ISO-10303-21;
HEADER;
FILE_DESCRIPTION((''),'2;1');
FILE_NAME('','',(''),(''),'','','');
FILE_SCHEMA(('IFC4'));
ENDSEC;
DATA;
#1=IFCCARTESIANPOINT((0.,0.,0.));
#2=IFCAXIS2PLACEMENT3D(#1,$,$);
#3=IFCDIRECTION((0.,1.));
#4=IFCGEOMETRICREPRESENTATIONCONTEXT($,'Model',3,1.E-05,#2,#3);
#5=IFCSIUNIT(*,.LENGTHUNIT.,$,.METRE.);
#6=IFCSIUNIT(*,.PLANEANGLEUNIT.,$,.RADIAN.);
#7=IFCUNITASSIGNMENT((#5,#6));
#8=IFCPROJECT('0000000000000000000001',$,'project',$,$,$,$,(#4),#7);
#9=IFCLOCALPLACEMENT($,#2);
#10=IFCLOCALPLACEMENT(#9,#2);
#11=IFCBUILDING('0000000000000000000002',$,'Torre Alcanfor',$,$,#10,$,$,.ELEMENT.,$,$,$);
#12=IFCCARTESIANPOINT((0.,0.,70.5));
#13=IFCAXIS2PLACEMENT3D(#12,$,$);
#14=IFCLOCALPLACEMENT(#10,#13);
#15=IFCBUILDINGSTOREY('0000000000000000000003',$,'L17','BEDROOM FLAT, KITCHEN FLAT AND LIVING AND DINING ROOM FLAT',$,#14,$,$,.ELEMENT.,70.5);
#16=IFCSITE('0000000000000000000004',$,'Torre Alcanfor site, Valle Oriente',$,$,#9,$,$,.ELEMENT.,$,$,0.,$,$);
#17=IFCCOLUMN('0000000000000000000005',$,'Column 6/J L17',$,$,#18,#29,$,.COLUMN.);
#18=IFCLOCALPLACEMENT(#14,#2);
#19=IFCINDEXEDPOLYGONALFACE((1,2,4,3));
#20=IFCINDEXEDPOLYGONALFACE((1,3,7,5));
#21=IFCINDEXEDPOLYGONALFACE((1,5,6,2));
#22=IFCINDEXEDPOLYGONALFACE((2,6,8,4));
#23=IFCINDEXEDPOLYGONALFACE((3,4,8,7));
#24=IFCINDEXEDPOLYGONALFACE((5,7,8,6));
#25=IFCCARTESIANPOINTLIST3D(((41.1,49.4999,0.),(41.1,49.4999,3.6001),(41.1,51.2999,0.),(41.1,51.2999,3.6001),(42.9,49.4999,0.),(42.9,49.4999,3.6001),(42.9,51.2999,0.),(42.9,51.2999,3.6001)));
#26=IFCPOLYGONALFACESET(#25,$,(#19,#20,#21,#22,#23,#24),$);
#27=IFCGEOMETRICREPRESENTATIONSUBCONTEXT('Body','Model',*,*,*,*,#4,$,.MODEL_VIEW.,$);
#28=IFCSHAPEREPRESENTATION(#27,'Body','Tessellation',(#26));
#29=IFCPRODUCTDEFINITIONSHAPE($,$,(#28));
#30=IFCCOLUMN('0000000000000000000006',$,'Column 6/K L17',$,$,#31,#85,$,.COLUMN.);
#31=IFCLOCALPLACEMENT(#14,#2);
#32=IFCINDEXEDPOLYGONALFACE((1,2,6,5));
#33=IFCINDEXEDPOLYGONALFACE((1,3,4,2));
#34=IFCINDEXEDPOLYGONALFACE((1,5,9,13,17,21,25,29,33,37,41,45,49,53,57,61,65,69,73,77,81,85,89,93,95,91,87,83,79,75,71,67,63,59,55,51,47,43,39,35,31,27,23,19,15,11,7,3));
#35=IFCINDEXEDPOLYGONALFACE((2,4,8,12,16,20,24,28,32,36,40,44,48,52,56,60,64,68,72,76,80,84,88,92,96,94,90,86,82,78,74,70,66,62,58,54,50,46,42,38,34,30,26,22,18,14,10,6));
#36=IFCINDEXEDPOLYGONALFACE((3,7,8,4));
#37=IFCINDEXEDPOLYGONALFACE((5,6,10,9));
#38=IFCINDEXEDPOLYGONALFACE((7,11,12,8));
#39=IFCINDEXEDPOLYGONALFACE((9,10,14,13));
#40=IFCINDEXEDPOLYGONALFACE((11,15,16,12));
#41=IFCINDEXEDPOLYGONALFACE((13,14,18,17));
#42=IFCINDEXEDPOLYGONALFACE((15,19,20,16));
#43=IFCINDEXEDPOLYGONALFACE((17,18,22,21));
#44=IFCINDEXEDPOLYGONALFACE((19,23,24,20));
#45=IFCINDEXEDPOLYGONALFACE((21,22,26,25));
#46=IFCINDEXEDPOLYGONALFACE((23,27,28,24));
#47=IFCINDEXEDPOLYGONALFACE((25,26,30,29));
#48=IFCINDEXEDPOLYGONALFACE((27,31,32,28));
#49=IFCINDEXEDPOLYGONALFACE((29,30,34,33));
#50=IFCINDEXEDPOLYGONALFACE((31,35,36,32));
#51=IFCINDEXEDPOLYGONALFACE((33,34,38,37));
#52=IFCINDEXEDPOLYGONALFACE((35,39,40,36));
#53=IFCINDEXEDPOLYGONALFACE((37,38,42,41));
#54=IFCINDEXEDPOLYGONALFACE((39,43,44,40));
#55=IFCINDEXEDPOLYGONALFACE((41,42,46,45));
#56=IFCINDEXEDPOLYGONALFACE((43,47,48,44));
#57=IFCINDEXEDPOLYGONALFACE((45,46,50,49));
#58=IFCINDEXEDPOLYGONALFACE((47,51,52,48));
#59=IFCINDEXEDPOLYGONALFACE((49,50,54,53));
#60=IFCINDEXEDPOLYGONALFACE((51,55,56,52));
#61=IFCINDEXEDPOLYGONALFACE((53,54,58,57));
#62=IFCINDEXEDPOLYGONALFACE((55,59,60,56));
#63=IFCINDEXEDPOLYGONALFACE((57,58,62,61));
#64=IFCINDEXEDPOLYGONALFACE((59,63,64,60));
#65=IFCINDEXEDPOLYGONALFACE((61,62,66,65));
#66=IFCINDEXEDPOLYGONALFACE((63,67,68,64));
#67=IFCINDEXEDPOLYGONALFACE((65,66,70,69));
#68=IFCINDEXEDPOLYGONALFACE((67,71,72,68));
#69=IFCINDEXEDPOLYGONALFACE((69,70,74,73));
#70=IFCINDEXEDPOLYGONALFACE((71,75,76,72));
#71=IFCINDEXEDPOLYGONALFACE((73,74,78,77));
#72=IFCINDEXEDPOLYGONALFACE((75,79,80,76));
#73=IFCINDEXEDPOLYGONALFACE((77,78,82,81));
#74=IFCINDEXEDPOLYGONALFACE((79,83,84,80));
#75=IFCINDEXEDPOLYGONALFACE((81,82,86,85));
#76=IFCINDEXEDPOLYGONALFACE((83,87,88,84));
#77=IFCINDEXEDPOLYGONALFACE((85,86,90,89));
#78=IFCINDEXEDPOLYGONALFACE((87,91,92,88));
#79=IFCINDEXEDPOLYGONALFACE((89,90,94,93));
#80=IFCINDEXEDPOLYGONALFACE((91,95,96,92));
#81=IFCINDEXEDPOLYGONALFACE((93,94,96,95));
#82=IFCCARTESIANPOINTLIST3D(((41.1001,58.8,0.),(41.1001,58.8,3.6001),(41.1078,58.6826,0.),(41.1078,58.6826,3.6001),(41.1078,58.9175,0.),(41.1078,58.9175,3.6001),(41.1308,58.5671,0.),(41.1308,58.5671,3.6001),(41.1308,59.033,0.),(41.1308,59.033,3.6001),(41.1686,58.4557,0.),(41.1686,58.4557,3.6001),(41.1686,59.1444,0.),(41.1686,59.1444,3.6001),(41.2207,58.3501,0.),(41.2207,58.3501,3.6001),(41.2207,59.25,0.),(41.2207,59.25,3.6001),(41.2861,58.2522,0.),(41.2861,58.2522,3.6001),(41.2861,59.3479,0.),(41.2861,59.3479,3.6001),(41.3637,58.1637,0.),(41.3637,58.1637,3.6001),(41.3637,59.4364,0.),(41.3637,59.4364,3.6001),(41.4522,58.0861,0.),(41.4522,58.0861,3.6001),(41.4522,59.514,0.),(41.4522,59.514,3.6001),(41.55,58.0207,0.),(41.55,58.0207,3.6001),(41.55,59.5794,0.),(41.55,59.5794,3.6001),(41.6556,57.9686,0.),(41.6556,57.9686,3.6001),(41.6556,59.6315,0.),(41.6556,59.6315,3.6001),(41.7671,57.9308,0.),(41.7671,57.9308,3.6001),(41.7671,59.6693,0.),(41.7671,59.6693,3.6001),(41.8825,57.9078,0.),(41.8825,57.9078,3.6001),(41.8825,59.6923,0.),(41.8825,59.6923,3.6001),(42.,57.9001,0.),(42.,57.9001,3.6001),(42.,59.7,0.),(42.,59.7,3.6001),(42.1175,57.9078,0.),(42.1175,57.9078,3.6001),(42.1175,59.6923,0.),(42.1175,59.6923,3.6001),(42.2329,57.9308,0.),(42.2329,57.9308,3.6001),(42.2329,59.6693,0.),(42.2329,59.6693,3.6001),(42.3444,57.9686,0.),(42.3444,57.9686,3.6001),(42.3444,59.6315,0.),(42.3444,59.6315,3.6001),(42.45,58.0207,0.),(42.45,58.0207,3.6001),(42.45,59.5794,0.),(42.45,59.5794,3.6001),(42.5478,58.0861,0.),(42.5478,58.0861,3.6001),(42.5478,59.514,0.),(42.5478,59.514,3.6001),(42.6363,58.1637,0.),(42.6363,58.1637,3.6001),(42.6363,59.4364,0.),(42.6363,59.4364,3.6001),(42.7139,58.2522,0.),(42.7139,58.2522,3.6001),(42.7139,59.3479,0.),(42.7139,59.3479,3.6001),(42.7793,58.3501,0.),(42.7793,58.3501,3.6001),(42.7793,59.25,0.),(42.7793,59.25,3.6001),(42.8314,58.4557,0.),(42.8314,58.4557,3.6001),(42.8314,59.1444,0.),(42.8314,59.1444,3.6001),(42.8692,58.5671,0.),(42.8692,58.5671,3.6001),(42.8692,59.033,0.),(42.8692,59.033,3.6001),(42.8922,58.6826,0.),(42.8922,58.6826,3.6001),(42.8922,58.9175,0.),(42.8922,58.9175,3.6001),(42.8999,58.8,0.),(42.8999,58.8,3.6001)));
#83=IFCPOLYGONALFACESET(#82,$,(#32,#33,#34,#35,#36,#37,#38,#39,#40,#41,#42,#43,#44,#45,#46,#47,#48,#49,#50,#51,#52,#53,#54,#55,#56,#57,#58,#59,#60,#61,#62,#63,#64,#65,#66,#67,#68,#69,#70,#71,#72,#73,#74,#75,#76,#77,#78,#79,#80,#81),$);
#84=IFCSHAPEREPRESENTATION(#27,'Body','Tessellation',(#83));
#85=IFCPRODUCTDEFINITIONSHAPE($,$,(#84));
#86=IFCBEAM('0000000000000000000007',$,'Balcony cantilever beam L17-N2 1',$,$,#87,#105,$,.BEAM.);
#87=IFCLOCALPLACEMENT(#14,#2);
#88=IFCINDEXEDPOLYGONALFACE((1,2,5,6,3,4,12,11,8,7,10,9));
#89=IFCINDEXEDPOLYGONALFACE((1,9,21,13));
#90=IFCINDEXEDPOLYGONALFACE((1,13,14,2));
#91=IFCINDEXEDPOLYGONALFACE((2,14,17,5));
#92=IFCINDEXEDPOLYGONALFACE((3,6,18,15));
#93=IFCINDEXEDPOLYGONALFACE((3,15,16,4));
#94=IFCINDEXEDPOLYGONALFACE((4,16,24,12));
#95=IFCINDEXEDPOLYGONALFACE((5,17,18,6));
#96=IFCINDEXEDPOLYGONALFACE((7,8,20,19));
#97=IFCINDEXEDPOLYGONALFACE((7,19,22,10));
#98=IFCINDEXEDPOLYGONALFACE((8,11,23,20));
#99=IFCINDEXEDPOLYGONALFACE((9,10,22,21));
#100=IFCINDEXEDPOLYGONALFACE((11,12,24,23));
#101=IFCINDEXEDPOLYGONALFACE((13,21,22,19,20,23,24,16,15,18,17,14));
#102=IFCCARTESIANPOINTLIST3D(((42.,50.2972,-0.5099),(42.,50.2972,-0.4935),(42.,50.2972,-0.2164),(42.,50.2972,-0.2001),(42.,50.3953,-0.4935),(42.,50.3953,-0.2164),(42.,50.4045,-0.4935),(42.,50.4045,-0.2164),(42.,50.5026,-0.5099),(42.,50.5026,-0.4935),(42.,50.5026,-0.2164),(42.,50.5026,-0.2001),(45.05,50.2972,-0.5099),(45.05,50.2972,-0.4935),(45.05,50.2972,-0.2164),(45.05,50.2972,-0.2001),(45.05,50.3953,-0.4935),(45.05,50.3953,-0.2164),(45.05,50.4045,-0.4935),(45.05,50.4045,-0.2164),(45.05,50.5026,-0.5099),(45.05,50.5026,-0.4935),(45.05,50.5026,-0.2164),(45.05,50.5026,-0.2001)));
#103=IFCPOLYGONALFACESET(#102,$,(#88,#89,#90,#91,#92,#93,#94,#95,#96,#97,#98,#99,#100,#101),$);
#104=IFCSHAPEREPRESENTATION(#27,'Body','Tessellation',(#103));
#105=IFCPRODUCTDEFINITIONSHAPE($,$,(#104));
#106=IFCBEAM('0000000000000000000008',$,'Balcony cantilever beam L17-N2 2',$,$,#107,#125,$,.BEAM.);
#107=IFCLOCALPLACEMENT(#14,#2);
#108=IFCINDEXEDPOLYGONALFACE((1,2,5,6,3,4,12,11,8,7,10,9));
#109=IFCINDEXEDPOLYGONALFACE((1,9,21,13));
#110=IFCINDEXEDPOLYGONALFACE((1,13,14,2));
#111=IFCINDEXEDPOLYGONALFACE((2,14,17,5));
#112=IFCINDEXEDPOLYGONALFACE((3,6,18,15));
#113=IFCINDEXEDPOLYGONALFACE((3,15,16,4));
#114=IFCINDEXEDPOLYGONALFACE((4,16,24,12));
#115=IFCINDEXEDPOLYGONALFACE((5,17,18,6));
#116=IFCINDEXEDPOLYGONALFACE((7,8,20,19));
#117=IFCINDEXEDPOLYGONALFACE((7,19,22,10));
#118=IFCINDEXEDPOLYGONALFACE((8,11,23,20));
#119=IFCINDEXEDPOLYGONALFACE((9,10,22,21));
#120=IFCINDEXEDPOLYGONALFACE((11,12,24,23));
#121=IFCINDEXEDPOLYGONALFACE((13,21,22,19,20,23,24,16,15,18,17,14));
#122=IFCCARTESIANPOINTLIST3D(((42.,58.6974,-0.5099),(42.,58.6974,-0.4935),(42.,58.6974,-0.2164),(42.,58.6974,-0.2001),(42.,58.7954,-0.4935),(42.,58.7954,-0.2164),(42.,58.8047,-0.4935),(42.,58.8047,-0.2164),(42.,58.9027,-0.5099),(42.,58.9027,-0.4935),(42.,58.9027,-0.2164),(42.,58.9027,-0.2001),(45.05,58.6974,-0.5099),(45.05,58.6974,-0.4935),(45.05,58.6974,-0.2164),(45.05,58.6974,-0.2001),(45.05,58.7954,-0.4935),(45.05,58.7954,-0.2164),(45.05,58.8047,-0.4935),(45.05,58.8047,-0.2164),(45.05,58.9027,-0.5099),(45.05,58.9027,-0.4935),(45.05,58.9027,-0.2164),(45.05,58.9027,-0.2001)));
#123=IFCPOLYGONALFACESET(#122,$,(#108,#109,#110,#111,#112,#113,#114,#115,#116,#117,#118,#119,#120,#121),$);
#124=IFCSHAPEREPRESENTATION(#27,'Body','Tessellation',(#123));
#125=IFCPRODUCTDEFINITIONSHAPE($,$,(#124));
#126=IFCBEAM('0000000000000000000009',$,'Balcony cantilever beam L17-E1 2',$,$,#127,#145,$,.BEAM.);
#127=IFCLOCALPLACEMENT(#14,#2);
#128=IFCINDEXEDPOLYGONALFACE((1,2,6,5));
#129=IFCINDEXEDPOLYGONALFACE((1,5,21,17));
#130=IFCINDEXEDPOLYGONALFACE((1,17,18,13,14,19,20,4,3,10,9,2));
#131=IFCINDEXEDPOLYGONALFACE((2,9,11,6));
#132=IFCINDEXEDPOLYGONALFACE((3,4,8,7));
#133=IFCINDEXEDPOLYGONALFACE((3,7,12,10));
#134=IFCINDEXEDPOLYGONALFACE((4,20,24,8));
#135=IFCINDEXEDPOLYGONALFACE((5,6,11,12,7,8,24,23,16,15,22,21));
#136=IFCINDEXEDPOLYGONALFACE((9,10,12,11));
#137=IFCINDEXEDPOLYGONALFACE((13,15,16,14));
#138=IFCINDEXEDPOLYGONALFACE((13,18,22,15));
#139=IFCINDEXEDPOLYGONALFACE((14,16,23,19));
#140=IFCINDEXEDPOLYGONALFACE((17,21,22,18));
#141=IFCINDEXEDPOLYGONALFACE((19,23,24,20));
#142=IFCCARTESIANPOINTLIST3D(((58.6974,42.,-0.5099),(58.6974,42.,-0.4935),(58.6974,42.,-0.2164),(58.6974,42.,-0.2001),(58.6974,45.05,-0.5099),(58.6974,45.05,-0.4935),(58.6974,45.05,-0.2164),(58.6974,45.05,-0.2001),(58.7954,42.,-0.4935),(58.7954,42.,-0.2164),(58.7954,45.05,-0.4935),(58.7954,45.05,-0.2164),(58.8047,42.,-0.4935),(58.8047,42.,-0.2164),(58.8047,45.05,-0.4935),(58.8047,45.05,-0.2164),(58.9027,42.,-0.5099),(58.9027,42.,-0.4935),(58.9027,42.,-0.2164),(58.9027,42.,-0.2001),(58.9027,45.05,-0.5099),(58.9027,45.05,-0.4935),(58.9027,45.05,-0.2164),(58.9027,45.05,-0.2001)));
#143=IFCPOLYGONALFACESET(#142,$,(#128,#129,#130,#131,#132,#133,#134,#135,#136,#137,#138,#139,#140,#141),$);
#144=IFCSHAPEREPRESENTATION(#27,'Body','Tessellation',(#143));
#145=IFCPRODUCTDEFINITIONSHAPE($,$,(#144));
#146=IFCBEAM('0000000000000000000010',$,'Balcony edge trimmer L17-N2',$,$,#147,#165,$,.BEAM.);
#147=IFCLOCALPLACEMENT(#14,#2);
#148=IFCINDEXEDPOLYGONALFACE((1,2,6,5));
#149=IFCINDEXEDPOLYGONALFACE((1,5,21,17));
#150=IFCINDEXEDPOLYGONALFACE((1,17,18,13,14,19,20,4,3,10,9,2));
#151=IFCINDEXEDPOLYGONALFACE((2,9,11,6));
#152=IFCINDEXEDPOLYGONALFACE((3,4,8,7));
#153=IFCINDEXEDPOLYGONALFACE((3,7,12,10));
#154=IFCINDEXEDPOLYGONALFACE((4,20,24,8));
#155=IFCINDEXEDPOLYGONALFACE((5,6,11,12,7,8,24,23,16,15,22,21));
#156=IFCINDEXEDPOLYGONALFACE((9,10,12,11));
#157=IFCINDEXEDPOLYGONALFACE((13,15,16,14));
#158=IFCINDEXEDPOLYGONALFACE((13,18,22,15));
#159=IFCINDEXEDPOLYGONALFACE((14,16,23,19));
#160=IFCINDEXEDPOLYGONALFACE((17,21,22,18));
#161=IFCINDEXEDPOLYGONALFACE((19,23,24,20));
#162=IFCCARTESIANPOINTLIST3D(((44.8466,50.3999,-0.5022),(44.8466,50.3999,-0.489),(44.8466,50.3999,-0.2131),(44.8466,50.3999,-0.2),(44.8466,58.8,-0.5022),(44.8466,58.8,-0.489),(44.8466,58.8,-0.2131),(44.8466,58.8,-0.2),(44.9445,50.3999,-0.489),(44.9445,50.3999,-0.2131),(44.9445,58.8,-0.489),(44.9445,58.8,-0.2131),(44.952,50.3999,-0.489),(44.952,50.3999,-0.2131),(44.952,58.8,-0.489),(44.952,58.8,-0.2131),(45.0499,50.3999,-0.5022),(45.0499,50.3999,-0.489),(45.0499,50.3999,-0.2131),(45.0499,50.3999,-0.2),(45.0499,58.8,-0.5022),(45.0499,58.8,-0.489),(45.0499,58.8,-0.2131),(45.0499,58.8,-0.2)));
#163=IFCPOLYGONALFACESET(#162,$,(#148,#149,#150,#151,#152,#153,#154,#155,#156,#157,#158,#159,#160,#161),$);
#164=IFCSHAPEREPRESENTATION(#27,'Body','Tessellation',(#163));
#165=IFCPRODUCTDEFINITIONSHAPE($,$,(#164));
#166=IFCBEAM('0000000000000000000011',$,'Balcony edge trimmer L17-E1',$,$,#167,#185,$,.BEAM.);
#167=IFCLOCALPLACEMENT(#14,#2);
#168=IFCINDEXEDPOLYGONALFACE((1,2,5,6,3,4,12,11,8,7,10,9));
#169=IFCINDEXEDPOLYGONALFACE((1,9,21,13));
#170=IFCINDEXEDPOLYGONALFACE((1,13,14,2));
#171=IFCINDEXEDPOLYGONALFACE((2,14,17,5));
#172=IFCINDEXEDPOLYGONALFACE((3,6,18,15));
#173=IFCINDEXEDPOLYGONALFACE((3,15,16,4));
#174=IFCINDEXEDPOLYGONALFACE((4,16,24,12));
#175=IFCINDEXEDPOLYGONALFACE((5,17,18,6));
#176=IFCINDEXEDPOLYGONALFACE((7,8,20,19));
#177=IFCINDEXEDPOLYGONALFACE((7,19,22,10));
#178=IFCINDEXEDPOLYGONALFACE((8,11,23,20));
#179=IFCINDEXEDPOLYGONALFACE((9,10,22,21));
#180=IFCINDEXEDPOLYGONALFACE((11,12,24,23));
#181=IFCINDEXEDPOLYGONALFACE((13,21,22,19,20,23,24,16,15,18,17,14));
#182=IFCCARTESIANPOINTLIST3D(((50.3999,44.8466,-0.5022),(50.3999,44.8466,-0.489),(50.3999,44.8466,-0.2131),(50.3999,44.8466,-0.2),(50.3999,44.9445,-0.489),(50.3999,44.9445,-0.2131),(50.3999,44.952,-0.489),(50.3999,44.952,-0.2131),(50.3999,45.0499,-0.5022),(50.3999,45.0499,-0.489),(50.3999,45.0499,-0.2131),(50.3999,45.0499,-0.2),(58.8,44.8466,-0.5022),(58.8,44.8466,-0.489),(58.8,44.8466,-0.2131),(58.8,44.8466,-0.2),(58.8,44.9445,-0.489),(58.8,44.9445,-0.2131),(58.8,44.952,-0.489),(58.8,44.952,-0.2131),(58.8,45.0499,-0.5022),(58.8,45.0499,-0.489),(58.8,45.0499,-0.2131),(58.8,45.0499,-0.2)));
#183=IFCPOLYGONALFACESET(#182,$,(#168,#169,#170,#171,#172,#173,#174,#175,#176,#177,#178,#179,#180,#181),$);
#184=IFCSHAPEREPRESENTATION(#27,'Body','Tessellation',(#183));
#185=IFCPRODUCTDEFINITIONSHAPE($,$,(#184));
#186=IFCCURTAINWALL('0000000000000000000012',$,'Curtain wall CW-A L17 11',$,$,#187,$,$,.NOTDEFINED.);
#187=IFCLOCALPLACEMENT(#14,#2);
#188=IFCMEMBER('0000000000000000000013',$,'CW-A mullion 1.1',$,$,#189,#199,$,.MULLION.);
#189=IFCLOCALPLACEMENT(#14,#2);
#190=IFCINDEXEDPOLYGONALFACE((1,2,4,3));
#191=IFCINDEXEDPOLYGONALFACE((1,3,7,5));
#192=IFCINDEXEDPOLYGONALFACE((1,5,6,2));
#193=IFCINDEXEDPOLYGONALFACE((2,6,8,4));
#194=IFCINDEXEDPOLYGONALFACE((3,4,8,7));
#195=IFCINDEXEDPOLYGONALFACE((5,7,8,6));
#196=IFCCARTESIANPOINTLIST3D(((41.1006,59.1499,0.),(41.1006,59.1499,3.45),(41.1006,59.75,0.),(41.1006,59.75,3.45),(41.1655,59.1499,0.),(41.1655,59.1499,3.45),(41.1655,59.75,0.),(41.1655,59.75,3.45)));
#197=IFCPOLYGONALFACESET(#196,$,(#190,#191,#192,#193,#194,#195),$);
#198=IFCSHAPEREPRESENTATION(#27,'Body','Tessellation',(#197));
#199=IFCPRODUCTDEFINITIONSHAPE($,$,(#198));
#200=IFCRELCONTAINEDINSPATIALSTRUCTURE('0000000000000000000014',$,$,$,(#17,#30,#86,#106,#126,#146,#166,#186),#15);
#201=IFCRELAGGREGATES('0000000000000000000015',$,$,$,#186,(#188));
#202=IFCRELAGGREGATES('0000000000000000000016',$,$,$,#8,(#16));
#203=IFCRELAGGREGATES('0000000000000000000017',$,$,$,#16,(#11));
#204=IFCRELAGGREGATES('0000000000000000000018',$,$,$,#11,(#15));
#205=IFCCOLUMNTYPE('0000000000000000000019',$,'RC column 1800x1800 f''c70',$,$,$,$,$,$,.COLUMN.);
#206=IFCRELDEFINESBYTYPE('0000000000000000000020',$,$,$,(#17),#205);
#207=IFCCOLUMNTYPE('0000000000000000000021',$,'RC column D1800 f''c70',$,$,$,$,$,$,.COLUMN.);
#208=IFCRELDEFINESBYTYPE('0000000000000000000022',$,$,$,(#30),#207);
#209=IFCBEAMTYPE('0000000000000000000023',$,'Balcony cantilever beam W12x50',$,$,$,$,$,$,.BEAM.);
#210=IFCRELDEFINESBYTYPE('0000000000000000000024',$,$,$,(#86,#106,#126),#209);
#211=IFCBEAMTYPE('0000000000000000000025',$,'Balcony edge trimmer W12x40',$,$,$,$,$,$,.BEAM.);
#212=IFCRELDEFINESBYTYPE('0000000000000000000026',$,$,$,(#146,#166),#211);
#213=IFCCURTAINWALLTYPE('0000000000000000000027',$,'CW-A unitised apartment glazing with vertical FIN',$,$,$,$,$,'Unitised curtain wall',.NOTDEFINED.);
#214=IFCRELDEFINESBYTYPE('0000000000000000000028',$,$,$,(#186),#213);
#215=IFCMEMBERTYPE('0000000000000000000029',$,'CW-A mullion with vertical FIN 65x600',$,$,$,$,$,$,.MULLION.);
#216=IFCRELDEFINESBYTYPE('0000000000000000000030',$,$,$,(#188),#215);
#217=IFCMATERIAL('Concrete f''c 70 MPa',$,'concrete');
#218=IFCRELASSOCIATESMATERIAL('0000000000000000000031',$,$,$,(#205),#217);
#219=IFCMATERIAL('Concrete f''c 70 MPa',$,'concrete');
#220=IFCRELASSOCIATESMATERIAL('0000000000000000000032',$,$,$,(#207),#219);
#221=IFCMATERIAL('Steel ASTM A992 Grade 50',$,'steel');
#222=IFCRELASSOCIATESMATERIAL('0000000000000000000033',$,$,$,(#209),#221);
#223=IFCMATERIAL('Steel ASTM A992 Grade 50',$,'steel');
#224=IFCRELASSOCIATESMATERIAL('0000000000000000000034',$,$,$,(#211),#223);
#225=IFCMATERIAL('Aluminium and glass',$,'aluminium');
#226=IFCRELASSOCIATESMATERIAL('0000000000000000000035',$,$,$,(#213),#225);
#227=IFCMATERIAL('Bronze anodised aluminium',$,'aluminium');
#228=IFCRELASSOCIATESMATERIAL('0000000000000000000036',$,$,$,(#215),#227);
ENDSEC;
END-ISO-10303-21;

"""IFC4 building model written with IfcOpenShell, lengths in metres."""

from ifc_helpers import new_model, si_unit, direction, frame, origin, origin_2d, place, context, subcontext, project, spatial, rectangle, circle, i_section, extrude, material, material_profile, profile_set, type_object, element, aggregate, save


model = new_model("IFC4")

# Units and contexts
model_context = context("Model", 3, precision=1e-05, world=origin(), true_north=direction((0.0, 1.0)))
body_context = subcontext(model_context, "Body", "Model", "MODEL_VIEW")
ifc_project = project(units=[si_unit("LENGTHUNIT", "METRE"), si_unit("PLANEANGLEUNIT", "RADIAN")], contexts=[model_context])

# Site, building, storey
site_placement = place(None, origin())
site = spatial("IfcSite", under=ifc_project, at=site_placement, Name="Torre Alcanfor site, Valle Oriente", CompositionType="ELEMENT", RefElevation=0.0)
building_placement = place(site_placement, origin())
building = spatial("IfcBuilding", under=site, at=building_placement, Name="Torre Alcanfor", CompositionType="ELEMENT")
storey_placement = place(building_placement, frame((0.0, 0.0, 70.5)))
storey = spatial("IfcBuildingStorey", under=building, at=storey_placement, Name="L17", Description="BEDROOM FLAT, KITCHEN FLAT AND LIVING AND DINING ROOM FLAT", CompositionType="ELEMENT", Elevation=70.5)

# Columns
ifc_material_1 = material(Name="Concrete f'c 70 MPa", Category="concrete")
ifc_material_profile_1 = material_profile(ifc_material_1, rectangle(XDim=1.8, YDim=1.8, at=origin_2d()), Name="1800x1800")
ifc_profile_set_1 = profile_set([ifc_material_profile_1], Name="Concrete f'c 70 MPa")
column_type_1 = type_object("IfcColumnType", Name="RC column 1800x1800 f'c70", PredefinedType="COLUMN", material=ifc_profile_set_1)
column_1_placement = place(storey_placement, frame((42.0, 50.3999, 0.0), z_axis=(0.0, 0.0, 1.0), x_axis=(1.0, 0.0, 0.0)))
element("IfcColumn", 1, at=column_1_placement, inside=storey, type_object=column_type_1, Name="Column 6/J L17", PredefinedType="COLUMN", context=body_context, shape_type="SweptSolid", body=[
    extrude(rectangle(XDim=1.8, YDim=1.8, at=origin_2d()), origin(), (0.0, 0.0, 1.0), 3.6001),
])
ifc_material_2 = material(Name="Concrete f'c 70 MPa", Category="concrete")
ifc_material_profile_2 = material_profile(ifc_material_2, circle(Radius=0.8999, at=origin_2d()), Name="D1800")
ifc_profile_set_2 = profile_set([ifc_material_profile_2], Name="Concrete f'c 70 MPa")
column_type_2 = type_object("IfcColumnType", Name="RC column D1800 f'c70", PredefinedType="COLUMN", material=ifc_profile_set_2)
column_2_placement = place(storey_placement, frame((42.0, 58.8, 0.0), z_axis=(0.0, 0.0, 1.0), x_axis=(1.0, 0.0, 0.0)))
element("IfcColumn", 2, at=column_2_placement, inside=storey, type_object=column_type_2, Name="Column 6/K L17", PredefinedType="COLUMN", context=body_context, shape_type="SweptSolid", body=[
    extrude(circle(Radius=0.8999, at=origin_2d()), origin(), (0.0, 0.0, 1.0), 3.6001),
])

# Beams
ifc_material_3 = material(Name="Steel ASTM A992 Grade 50", Category="steel")
ifc_material_profile_3 = material_profile(ifc_material_3, i_section(OverallWidth=0.2053, OverallDepth=0.3098, WebThickness=0.0093, FlangeThickness=0.0164, at=origin_2d()), Name="W12x50")
ifc_profile_set_3 = profile_set([ifc_material_profile_3], Name="Steel ASTM A992 Grade 50")
beam_type_1 = type_object("IfcBeamType", Name="Balcony cantilever beam W12x50", PredefinedType="BEAM", material=ifc_profile_set_3)
for number, where, z_axis, x_axis, name in (
    (3, (42.0, 50.3999, -0.355), (1.0, 0.0, 0.0), (0.0, 1.0, 0.0), "Balcony cantilever beam L17-N2 1"),
    (4, (42.0, 58.8, -0.355), (1.0, 0.0, 0.0), (0.0, 1.0, 0.0), "Balcony cantilever beam L17-N2 2"),
    (5, (58.8, 42.0, -0.355), (0.0, 1.0, 0.0), (-1.0, 0.0, 0.0), "Balcony cantilever beam L17-E1 2"),
):
    element("IfcBeam", number, at=place(storey_placement, frame(where, z_axis=z_axis, x_axis=x_axis)), inside=storey, type_object=beam_type_1, Name=name, PredefinedType="BEAM", context=body_context, shape_type="SweptSolid", body=[
        extrude(i_section(OverallWidth=0.2053, OverallDepth=0.3098, WebThickness=0.0093, FlangeThickness=0.0164, at=origin_2d()), origin(), (0.0, 0.0, 1.0), 3.05),
    ])
ifc_material_4 = material(Name="Steel ASTM A992 Grade 50", Category="steel")
ifc_material_profile_4 = material_profile(ifc_material_4, i_section(OverallWidth=0.2034, OverallDepth=0.3022, WebThickness=0.0076, FlangeThickness=0.0132, at=origin_2d()), Name="W12x40")
ifc_profile_set_4 = profile_set([ifc_material_profile_4], Name="Steel ASTM A992 Grade 50")
beam_type_2 = type_object("IfcBeamType", Name="Balcony edge trimmer W12x40", PredefinedType="BEAM", material=ifc_profile_set_4)
for number, where, z_axis, x_axis, name in (
    (6, (44.9482, 50.3999, -0.3511), (0.0, 1.0, 0.0), (-1.0, 0.0, 0.0), "Balcony edge trimmer L17-N2"),
    (7, (50.3999, 44.9482, -0.3511), (1.0, 0.0, 0.0), (0.0, 1.0, 0.0), "Balcony edge trimmer L17-E1"),
):
    element("IfcBeam", number, at=place(storey_placement, frame(where, z_axis=z_axis, x_axis=x_axis)), inside=storey, type_object=beam_type_2, Name=name, PredefinedType="BEAM", context=body_context, shape_type="SweptSolid", body=[
        extrude(i_section(OverallWidth=0.2034, OverallDepth=0.3022, WebThickness=0.0076, FlangeThickness=0.0132, at=origin_2d()), origin(), (0.0, 0.0, 1.0), 8.4001),
    ])

# Curtain wall, member
ifc_material_5 = material(Name="Aluminium and glass", Category="aluminium")
curtain_wall_type = type_object("IfcCurtainWallType", Name="CW-A unitised apartment glazing with vertical FIN", ElementType="Unitised curtain wall", PredefinedType="NOTDEFINED", material=ifc_material_5)
curtain_wall_placement = place(storey_placement, origin())
curtain_wall = element("IfcCurtainWall", 8, at=curtain_wall_placement, inside=storey, type_object=curtain_wall_type, Name="Curtain wall CW-A L17 11", PredefinedType="NOTDEFINED")
ifc_material_6 = material(Name="Bronze anodised aluminium", Category="aluminium")
ifc_material_profile_5 = material_profile(ifc_material_6, rectangle(XDim=0.6001, YDim=0.0649, at=origin_2d()), Name="CW-A mullion 65x600")
ifc_profile_set_5 = profile_set([ifc_material_profile_5], Name="Bronze anodised aluminium")
member_type_1 = type_object("IfcMemberType", Name="CW-A mullion with vertical FIN 65x600", PredefinedType="MULLION", material=ifc_profile_set_5)
member_1_placement = place(storey_placement, frame((41.1331, 59.45, 0.0), z_axis=(0.0, 0.0, 1.0), x_axis=(0.0, -1.0, 0.0)))
member_1 = element("IfcMember", 9, at=member_1_placement, type_object=member_type_1, Name="CW-A mullion 1.1", PredefinedType="MULLION", context=body_context, shape_type="SweptSolid", body=[
    extrude(rectangle(XDim=0.6001, YDim=0.0649, at=origin_2d()), origin(), (0.0, 0.0, 1.0), 3.45),
])
aggregate(curtain_wall, [member_1])

save(model, "model.ifc")
